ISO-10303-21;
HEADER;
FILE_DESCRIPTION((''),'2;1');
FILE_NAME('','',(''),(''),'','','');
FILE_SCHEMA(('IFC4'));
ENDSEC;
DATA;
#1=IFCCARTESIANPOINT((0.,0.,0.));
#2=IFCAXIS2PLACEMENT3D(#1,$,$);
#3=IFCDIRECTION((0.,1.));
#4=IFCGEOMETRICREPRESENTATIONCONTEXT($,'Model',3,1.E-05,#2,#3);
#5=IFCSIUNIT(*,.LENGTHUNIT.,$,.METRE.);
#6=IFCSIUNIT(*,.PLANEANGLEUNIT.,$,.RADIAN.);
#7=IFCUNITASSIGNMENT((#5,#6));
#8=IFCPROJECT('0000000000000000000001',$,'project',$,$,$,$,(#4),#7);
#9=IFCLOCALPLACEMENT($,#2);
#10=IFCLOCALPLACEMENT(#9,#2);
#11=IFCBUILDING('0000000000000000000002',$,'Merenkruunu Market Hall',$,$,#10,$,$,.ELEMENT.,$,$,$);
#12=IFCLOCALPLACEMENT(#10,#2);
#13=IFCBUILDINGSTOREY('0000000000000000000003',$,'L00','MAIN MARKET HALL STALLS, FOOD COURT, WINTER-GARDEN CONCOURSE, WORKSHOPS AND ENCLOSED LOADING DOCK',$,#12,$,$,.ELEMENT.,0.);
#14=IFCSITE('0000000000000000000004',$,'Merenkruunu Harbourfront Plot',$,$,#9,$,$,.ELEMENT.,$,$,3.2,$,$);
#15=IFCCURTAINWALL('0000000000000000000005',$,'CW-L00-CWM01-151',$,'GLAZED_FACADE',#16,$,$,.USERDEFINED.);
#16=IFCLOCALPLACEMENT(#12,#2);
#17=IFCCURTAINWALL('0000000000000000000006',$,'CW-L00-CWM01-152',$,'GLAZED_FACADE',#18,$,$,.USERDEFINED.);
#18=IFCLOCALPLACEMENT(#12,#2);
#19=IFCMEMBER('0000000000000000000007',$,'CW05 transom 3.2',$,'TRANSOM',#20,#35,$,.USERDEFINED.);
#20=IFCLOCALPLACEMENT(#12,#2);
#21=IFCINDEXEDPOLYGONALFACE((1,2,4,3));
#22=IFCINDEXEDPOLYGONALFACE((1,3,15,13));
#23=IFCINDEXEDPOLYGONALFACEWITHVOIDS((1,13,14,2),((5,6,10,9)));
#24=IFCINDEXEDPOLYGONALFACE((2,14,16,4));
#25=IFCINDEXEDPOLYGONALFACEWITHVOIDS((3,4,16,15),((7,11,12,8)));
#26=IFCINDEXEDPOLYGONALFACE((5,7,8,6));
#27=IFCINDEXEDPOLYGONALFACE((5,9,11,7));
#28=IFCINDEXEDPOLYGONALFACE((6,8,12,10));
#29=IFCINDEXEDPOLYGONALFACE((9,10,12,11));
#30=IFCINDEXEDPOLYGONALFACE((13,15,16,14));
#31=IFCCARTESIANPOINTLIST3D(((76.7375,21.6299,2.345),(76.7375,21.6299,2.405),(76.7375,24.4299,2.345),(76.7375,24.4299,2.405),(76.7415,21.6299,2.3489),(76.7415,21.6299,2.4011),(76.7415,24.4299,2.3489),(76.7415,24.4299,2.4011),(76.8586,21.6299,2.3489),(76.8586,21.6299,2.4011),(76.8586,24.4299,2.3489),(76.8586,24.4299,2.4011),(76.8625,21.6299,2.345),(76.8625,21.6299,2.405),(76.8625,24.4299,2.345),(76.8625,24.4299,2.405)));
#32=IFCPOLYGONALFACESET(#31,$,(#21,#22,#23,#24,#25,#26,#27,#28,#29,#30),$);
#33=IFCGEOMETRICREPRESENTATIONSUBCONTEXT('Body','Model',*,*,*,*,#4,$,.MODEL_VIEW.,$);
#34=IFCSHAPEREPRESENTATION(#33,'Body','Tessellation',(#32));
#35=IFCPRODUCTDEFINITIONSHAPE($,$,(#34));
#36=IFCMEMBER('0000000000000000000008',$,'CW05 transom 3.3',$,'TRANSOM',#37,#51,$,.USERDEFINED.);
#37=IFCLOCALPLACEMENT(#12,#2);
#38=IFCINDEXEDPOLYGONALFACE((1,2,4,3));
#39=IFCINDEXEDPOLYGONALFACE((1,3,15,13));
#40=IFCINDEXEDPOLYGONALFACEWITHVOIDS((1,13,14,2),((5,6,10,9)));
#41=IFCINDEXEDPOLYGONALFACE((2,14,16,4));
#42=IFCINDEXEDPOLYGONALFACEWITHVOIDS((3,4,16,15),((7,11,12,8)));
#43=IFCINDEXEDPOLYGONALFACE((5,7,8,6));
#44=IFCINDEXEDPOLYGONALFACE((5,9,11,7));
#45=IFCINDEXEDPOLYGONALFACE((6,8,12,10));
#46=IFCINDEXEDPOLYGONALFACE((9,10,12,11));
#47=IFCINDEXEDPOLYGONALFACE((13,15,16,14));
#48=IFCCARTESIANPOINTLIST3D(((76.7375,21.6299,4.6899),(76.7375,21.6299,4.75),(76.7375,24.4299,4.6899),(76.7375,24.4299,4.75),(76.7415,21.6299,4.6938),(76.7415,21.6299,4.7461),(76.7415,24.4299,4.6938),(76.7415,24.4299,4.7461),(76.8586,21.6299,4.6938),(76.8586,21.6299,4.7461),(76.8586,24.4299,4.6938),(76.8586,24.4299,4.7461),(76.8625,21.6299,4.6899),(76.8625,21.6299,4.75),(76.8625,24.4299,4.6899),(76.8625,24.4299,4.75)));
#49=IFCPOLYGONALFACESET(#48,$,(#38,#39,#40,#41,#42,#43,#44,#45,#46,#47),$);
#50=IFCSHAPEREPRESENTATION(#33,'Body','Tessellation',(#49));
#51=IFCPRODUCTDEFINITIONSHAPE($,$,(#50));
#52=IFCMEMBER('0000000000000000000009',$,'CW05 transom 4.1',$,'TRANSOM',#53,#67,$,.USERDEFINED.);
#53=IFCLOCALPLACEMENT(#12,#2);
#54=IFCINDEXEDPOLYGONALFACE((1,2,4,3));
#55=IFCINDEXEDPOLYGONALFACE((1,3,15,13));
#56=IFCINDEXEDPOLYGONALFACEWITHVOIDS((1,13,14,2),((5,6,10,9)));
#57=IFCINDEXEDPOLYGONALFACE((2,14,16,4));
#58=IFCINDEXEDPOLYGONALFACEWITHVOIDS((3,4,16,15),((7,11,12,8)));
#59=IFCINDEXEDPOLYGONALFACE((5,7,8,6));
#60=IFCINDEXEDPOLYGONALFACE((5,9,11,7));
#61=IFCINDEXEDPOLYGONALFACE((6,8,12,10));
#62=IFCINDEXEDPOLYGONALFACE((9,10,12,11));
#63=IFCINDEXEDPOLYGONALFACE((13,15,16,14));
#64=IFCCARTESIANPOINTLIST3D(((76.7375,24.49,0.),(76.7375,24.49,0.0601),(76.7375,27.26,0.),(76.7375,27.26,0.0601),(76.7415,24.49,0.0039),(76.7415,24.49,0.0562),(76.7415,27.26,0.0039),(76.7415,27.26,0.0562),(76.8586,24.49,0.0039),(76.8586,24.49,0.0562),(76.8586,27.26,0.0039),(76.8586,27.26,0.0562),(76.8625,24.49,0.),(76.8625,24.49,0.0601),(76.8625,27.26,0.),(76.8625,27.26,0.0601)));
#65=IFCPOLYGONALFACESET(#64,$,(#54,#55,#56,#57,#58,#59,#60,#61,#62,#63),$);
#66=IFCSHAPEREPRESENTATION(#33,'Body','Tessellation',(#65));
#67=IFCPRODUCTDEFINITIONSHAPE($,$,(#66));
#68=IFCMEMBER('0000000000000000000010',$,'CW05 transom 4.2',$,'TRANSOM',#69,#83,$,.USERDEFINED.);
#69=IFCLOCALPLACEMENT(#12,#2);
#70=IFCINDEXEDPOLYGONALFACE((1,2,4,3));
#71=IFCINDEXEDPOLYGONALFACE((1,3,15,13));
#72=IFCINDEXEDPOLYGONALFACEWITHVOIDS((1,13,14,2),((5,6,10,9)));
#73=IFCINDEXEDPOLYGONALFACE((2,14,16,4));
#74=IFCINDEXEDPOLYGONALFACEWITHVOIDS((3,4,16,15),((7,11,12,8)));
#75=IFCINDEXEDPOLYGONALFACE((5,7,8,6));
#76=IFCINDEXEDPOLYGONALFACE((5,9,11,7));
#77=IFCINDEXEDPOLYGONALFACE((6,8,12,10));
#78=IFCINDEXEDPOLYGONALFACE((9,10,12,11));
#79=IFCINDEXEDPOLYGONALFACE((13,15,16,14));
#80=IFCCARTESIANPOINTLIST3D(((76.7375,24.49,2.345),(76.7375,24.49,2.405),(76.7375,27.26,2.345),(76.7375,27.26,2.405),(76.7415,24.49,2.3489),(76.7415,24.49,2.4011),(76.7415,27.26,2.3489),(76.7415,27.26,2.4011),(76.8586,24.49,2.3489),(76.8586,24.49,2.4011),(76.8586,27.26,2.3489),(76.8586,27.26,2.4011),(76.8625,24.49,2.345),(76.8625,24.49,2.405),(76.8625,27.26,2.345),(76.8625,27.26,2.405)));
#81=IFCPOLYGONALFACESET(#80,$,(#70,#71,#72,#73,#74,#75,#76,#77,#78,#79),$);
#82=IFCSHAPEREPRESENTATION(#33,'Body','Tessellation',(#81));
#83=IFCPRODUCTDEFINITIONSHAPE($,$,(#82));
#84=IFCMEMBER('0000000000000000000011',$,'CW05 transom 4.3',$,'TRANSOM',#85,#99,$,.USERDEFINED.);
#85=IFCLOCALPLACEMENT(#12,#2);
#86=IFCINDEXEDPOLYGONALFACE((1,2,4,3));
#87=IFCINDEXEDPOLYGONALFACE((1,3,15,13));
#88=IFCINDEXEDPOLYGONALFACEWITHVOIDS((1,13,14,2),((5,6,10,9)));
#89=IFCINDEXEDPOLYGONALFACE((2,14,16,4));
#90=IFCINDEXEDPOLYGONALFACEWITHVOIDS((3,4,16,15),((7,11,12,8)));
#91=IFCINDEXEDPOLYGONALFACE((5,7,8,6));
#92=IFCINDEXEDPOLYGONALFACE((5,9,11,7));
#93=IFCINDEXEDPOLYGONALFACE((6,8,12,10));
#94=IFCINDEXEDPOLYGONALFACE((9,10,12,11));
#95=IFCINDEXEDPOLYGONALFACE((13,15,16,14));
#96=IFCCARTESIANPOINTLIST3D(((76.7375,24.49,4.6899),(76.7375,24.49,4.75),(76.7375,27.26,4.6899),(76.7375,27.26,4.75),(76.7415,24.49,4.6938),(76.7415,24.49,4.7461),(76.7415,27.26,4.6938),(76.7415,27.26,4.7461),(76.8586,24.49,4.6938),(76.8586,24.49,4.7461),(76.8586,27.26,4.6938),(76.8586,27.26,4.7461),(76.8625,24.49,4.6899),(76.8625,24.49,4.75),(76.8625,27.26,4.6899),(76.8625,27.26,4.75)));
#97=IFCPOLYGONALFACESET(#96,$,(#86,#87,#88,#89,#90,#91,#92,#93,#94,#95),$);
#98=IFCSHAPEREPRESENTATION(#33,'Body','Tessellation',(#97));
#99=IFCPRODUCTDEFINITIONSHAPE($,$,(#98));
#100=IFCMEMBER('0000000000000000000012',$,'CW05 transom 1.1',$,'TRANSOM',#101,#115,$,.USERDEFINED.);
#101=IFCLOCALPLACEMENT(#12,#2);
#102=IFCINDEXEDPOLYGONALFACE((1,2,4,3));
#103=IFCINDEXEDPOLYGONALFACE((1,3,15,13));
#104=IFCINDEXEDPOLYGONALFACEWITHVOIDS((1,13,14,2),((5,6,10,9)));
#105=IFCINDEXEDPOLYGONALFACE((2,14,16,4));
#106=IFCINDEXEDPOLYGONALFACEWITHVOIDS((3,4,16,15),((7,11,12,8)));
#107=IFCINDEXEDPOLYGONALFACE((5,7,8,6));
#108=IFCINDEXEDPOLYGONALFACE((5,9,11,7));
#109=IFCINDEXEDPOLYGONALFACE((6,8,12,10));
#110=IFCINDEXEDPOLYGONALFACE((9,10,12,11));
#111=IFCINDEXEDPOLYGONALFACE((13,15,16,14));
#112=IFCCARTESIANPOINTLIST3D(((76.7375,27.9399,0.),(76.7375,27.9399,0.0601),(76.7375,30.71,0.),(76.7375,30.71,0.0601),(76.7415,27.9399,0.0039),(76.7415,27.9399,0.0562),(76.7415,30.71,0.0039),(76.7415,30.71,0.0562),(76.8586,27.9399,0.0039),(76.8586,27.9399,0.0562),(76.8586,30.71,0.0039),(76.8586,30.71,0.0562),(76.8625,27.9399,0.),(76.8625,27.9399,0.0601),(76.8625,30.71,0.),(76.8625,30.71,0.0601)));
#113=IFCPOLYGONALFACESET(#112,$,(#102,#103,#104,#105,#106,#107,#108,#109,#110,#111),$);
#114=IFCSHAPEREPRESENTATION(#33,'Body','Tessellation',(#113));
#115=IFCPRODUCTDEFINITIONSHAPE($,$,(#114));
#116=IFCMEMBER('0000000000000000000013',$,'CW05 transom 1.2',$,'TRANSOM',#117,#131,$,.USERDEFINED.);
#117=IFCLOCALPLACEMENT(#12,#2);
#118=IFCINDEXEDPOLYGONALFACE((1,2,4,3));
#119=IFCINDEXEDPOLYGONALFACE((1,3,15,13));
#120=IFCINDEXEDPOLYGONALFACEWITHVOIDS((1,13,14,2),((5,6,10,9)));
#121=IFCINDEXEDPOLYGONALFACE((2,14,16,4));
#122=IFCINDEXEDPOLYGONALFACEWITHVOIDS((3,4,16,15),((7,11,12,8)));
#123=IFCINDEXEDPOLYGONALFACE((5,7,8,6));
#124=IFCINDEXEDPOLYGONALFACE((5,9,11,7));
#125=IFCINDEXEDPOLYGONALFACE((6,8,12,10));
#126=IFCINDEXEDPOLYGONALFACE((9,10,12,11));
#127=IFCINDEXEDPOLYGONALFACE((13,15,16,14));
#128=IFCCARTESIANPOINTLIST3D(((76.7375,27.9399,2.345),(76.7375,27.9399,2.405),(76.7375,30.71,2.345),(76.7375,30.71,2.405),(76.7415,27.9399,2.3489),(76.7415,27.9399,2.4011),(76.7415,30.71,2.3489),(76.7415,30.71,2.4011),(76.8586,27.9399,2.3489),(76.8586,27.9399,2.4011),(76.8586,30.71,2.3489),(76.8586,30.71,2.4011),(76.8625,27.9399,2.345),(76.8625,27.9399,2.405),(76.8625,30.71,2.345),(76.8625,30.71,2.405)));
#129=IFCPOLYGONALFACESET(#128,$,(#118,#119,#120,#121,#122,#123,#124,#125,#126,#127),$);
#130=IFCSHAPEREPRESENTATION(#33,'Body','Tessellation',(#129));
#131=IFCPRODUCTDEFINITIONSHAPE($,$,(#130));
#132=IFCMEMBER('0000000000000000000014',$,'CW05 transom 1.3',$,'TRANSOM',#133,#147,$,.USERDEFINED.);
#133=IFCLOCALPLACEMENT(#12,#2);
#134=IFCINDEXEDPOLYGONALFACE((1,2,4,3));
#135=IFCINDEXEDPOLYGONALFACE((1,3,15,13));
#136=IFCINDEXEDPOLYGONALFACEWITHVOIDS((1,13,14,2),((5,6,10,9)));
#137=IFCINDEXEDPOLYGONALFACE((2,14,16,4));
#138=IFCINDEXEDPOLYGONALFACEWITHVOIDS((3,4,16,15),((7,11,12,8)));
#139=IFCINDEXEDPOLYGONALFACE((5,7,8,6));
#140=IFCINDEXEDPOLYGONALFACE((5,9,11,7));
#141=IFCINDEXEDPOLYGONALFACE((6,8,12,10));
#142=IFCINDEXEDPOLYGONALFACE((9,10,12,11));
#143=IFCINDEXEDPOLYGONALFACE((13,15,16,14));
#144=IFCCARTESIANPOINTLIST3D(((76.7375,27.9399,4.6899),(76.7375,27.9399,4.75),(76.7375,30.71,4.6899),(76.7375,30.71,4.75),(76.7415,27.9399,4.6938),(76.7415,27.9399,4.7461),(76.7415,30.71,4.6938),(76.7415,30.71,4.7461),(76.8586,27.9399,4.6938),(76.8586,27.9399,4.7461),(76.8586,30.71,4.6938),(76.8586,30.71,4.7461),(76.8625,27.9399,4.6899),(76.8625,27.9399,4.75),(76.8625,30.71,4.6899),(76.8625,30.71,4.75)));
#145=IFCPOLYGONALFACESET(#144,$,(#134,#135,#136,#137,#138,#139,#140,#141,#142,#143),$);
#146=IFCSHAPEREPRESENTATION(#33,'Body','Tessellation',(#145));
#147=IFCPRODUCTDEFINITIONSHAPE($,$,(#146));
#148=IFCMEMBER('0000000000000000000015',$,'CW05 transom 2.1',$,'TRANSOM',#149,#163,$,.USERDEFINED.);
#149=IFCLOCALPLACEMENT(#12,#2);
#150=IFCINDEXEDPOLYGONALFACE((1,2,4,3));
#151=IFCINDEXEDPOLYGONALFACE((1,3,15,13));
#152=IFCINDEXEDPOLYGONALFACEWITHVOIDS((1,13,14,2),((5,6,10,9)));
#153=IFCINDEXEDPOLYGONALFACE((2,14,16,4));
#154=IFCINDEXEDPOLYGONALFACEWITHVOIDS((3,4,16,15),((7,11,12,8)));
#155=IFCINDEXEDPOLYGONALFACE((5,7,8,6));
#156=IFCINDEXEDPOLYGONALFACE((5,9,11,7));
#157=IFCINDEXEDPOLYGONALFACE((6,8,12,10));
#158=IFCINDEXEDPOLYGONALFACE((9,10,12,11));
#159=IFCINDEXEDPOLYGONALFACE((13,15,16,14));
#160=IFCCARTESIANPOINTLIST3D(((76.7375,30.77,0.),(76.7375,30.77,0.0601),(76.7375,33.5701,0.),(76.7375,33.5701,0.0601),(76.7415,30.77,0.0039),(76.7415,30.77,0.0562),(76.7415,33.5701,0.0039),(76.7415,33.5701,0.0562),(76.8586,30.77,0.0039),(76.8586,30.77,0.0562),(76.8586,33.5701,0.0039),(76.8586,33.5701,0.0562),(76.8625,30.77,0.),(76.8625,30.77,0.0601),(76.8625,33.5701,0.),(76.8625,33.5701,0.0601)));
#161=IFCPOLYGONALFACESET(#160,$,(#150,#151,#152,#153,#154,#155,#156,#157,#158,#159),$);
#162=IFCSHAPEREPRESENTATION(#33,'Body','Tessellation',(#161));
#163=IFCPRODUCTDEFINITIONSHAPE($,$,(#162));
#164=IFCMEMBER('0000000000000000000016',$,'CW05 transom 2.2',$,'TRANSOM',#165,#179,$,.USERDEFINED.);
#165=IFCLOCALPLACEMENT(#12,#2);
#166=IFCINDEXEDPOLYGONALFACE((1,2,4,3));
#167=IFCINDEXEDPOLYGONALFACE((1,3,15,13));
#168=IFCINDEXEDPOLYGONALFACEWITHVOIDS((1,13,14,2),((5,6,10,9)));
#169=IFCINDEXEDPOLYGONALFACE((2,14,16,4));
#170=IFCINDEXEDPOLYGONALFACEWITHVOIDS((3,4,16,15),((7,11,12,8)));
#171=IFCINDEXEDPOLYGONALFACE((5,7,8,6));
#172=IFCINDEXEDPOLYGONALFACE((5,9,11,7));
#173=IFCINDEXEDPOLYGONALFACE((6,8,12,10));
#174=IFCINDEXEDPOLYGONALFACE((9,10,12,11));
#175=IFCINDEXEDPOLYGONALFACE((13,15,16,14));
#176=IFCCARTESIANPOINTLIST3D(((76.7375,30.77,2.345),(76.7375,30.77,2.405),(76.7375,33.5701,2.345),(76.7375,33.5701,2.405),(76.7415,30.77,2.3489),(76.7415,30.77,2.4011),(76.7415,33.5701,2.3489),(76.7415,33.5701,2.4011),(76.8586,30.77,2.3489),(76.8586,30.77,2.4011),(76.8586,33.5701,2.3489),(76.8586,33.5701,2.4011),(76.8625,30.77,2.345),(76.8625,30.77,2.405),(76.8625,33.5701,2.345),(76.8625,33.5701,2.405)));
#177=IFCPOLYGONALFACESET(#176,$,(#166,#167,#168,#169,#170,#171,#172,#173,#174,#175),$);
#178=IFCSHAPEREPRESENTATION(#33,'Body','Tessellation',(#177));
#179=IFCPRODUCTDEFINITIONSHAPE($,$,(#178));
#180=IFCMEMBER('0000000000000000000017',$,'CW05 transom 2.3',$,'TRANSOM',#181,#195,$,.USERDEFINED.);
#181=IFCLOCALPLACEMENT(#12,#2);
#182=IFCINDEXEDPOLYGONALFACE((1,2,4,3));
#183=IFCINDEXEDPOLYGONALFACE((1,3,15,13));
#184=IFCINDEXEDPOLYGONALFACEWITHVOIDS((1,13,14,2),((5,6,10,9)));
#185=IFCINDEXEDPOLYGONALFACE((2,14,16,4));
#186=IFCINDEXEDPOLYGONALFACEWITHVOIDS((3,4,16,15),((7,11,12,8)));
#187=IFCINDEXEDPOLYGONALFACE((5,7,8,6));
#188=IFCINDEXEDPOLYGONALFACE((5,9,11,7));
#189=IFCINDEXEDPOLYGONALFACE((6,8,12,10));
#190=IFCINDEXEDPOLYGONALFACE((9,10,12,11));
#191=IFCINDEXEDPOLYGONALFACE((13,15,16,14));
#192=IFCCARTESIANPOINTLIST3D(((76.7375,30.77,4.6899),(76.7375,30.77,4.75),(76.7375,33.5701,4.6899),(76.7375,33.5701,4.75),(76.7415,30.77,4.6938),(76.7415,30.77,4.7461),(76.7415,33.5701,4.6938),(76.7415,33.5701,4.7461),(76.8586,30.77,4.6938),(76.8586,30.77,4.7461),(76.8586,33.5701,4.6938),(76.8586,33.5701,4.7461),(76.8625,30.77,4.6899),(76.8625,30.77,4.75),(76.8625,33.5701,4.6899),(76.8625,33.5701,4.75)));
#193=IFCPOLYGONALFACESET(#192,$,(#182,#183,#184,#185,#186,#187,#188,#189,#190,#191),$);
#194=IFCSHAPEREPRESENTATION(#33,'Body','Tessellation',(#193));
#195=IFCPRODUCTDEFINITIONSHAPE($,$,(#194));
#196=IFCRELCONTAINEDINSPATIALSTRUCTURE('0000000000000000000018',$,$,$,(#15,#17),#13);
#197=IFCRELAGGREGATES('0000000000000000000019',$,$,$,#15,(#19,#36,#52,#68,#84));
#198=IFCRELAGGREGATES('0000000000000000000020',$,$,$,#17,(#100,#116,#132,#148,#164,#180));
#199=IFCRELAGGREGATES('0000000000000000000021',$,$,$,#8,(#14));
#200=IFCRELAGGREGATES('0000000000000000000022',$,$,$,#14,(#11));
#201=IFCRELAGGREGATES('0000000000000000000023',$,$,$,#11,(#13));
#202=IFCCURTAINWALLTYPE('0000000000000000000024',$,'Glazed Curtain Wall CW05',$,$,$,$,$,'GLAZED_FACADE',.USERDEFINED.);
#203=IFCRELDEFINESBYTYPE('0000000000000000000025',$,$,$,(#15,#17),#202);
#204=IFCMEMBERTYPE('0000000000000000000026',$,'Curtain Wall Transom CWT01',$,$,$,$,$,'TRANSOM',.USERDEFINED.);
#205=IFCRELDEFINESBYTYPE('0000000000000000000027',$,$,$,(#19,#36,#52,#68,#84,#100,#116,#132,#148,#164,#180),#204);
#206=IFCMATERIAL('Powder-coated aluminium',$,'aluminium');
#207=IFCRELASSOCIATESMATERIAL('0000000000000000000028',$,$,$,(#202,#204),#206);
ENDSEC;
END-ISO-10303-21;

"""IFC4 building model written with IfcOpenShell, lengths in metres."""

from ifc_helpers import new_model, si_unit, direction, frame, origin, origin_2d, place, context, subcontext, project, spatial, hollow_rectangle, extrude, material, material_profile, profile_set, type_object, element, aggregate, save


model = new_model("IFC4")

# Units and contexts
model_context = context("Model", 3, precision=1e-05, world=origin(), true_north=direction((0.0, 1.0)))
body_context = subcontext(model_context, "Body", "Model", "MODEL_VIEW")
ifc_project = project(units=[si_unit("LENGTHUNIT", "METRE"), si_unit("PLANEANGLEUNIT", "RADIAN")], contexts=[model_context])

# Site, building, storey
site_placement = place(None, origin())
site = spatial("IfcSite", under=ifc_project, at=site_placement, Name="Merenkruunu Harbourfront Plot", CompositionType="ELEMENT", RefElevation=3.2)
building_placement = place(site_placement, origin())
building = spatial("IfcBuilding", under=site, at=building_placement, Name="Merenkruunu Market Hall", CompositionType="ELEMENT")
storey_placement = place(building_placement, origin())
storey = spatial("IfcBuildingStorey", under=building, at=storey_placement, Name="L00", Description="MAIN MARKET HALL STALLS, FOOD COURT, WINTER-GARDEN CONCOURSE, WORKSHOPS AND ENCLOSED LOADING DOCK", CompositionType="ELEMENT", Elevation=0.0)

# Curtain walls
ifc_material_1 = material(Name="Powder-coated aluminium", Category="aluminium")
curtain_wall_type = type_object("IfcCurtainWallType", Name="Glazed Curtain Wall CW05", ElementType="GLAZED_FACADE", PredefinedType="USERDEFINED", material=ifc_material_1)
curtain_wall_1_placement = place(storey_placement, origin())
curtain_wall_1 = element("IfcCurtainWall", 1, at=curtain_wall_1_placement, inside=storey, type_object=curtain_wall_type, Name="CW-L00-CWM01-151", ObjectType="GLAZED_FACADE", PredefinedType="USERDEFINED")
curtain_wall_2_placement = place(storey_placement, origin())
curtain_wall_2 = element("IfcCurtainWall", 2, at=curtain_wall_2_placement, inside=storey, type_object=curtain_wall_type, Name="CW-L00-CWM01-152", ObjectType="GLAZED_FACADE", PredefinedType="USERDEFINED")

# Members
ifc_material_profile_1 = material_profile(ifc_material_1, hollow_rectangle(XDim=0.0601, YDim=0.125, WallThickness=0.0039, at=origin_2d()), Name="ALU 60x125x4")
ifc_profile_set_1 = profile_set([ifc_material_profile_1], Name="Powder-coated aluminium")
member_type_1 = type_object("IfcMemberType", Name="Curtain Wall Transom CWT01", ElementType="TRANSOM", PredefinedType="USERDEFINED", material=ifc_profile_set_1)
member_1_placement = place(storey_placement, frame((76.8, 21.6299, 2.375), z_axis=(0.0, 1.0, 0.0), x_axis=(0.0, 0.0, 1.0)))
member_1 = element("IfcMember", 3, at=member_1_placement, type_object=member_type_1, Name="CW05 transom 3.2", ObjectType="TRANSOM", PredefinedType="USERDEFINED", context=body_context, shape_type="SweptSolid", body=[
    extrude(hollow_rectangle(XDim=0.0601, YDim=0.125, WallThickness=0.0039, at=origin_2d()), origin(), (0.0, 0.0, 1.0), 2.8),
])
member_2_placement = place(storey_placement, frame((76.8, 21.6299, 4.72), z_axis=(0.0, 1.0, 0.0), x_axis=(0.0, 0.0, 1.0)))
member_2 = element("IfcMember", 4, at=member_2_placement, type_object=member_type_1, Name="CW05 transom 3.3", ObjectType="TRANSOM", PredefinedType="USERDEFINED", context=body_context, shape_type="SweptSolid", body=[
    extrude(hollow_rectangle(XDim=0.0601, YDim=0.125, WallThickness=0.0039, at=origin_2d()), origin(), (0.0, 0.0, 1.0), 2.8),
])
member_3_placement = place(storey_placement, frame((76.8, 24.49, 0.03), z_axis=(0.0, 1.0, 0.0), x_axis=(0.0, 0.0, 1.0)))
member_3 = element("IfcMember", 5, at=member_3_placement, type_object=member_type_1, Name="CW05 transom 4.1", ObjectType="TRANSOM", PredefinedType="USERDEFINED", context=body_context, shape_type="SweptSolid", body=[
    extrude(hollow_rectangle(XDim=0.0601, YDim=0.125, WallThickness=0.0039, at=origin_2d()), origin(), (0.0, 0.0, 1.0), 2.77),
])
member_4_placement = place(storey_placement, frame((76.8, 24.49, 2.375), z_axis=(0.0, 1.0, 0.0), x_axis=(0.0, 0.0, 1.0)))
member_4 = element("IfcMember", 6, at=member_4_placement, type_object=member_type_1, Name="CW05 transom 4.2", ObjectType="TRANSOM", PredefinedType="USERDEFINED", context=body_context, shape_type="SweptSolid", body=[
    extrude(hollow_rectangle(XDim=0.0601, YDim=0.125, WallThickness=0.0039, at=origin_2d()), origin(), (0.0, 0.0, 1.0), 2.77),
])
member_5_placement = place(storey_placement, frame((76.8, 24.49, 4.72), z_axis=(0.0, 1.0, 0.0), x_axis=(0.0, 0.0, 1.0)))
member_5 = element("IfcMember", 7, at=member_5_placement, type_object=member_type_1, Name="CW05 transom 4.3", ObjectType="TRANSOM", PredefinedType="USERDEFINED", context=body_context, shape_type="SweptSolid", body=[
    extrude(hollow_rectangle(XDim=0.0601, YDim=0.125, WallThickness=0.0039, at=origin_2d()), origin(), (0.0, 0.0, 1.0), 2.77),
])
member_6_placement = place(storey_placement, frame((76.8, 27.9399, 0.03), z_axis=(0.0, 1.0, 0.0), x_axis=(0.0, 0.0, 1.0)))
member_6 = element("IfcMember", 8, at=member_6_placement, type_object=member_type_1, Name="CW05 transom 1.1", ObjectType="TRANSOM", PredefinedType="USERDEFINED", context=body_context, shape_type="SweptSolid", body=[
    extrude(hollow_rectangle(XDim=0.0601, YDim=0.125, WallThickness=0.0039, at=origin_2d()), origin(), (0.0, 0.0, 1.0), 2.77),
])
member_7_placement = place(storey_placement, frame((76.8, 27.9399, 2.375), z_axis=(0.0, 1.0, 0.0), x_axis=(0.0, 0.0, 1.0)))
member_7 = element("IfcMember", 9, at=member_7_placement, type_object=member_type_1, Name="CW05 transom 1.2", ObjectType="TRANSOM", PredefinedType="USERDEFINED", context=body_context, shape_type="SweptSolid", body=[
    extrude(hollow_rectangle(XDim=0.0601, YDim=0.125, WallThickness=0.0039, at=origin_2d()), origin(), (0.0, 0.0, 1.0), 2.77),
])
member_8_placement = place(storey_placement, frame((76.8, 27.9399, 4.72), z_axis=(0.0, 1.0, 0.0), x_axis=(0.0, 0.0, 1.0)))
member_8 = element("IfcMember", 10, at=member_8_placement, type_object=member_type_1, Name="CW05 transom 1.3", ObjectType="TRANSOM", PredefinedType="USERDEFINED", context=body_context, shape_type="SweptSolid", body=[
    extrude(hollow_rectangle(XDim=0.0601, YDim=0.125, WallThickness=0.0039, at=origin_2d()), origin(), (0.0, 0.0, 1.0), 2.77),
])
member_9_placement = place(storey_placement, frame((76.8, 30.77, 0.03), z_axis=(0.0, 1.0, 0.0), x_axis=(0.0, 0.0, 1.0)))
member_9 = element("IfcMember", 11, at=member_9_placement, type_object=member_type_1, Name="CW05 transom 2.1", ObjectType="TRANSOM", PredefinedType="USERDEFINED", context=body_context, shape_type="SweptSolid", body=[
    extrude(hollow_rectangle(XDim=0.0601, YDim=0.125, WallThickness=0.0039, at=origin_2d()), origin(), (0.0, 0.0, 1.0), 2.8),
])
member_10_placement = place(storey_placement, frame((76.8, 30.77, 2.375), z_axis=(0.0, 1.0, 0.0), x_axis=(0.0, 0.0, 1.0)))
member_10 = element("IfcMember", 12, at=member_10_placement, type_object=member_type_1, Name="CW05 transom 2.2", ObjectType="TRANSOM", PredefinedType="USERDEFINED", context=body_context, shape_type="SweptSolid", body=[
    extrude(hollow_rectangle(XDim=0.0601, YDim=0.125, WallThickness=0.0039, at=origin_2d()), origin(), (0.0, 0.0, 1.0), 2.8),
])
member_11_placement = place(storey_placement, frame((76.8, 30.77, 4.72), z_axis=(0.0, 1.0, 0.0), x_axis=(0.0, 0.0, 1.0)))
member_11 = element("IfcMember", 13, at=member_11_placement, type_object=member_type_1, Name="CW05 transom 2.3", ObjectType="TRANSOM", PredefinedType="USERDEFINED", context=body_context, shape_type="SweptSolid", body=[
    extrude(hollow_rectangle(XDim=0.0601, YDim=0.125, WallThickness=0.0039, at=origin_2d()), origin(), (0.0, 0.0, 1.0), 2.8),
])

aggregate(curtain_wall_1, [member_1, member_2, member_3, member_4, member_5])
aggregate(curtain_wall_2, [member_6, member_7, member_8, member_9, member_10, member_11])

save(model, "model.ifc")
